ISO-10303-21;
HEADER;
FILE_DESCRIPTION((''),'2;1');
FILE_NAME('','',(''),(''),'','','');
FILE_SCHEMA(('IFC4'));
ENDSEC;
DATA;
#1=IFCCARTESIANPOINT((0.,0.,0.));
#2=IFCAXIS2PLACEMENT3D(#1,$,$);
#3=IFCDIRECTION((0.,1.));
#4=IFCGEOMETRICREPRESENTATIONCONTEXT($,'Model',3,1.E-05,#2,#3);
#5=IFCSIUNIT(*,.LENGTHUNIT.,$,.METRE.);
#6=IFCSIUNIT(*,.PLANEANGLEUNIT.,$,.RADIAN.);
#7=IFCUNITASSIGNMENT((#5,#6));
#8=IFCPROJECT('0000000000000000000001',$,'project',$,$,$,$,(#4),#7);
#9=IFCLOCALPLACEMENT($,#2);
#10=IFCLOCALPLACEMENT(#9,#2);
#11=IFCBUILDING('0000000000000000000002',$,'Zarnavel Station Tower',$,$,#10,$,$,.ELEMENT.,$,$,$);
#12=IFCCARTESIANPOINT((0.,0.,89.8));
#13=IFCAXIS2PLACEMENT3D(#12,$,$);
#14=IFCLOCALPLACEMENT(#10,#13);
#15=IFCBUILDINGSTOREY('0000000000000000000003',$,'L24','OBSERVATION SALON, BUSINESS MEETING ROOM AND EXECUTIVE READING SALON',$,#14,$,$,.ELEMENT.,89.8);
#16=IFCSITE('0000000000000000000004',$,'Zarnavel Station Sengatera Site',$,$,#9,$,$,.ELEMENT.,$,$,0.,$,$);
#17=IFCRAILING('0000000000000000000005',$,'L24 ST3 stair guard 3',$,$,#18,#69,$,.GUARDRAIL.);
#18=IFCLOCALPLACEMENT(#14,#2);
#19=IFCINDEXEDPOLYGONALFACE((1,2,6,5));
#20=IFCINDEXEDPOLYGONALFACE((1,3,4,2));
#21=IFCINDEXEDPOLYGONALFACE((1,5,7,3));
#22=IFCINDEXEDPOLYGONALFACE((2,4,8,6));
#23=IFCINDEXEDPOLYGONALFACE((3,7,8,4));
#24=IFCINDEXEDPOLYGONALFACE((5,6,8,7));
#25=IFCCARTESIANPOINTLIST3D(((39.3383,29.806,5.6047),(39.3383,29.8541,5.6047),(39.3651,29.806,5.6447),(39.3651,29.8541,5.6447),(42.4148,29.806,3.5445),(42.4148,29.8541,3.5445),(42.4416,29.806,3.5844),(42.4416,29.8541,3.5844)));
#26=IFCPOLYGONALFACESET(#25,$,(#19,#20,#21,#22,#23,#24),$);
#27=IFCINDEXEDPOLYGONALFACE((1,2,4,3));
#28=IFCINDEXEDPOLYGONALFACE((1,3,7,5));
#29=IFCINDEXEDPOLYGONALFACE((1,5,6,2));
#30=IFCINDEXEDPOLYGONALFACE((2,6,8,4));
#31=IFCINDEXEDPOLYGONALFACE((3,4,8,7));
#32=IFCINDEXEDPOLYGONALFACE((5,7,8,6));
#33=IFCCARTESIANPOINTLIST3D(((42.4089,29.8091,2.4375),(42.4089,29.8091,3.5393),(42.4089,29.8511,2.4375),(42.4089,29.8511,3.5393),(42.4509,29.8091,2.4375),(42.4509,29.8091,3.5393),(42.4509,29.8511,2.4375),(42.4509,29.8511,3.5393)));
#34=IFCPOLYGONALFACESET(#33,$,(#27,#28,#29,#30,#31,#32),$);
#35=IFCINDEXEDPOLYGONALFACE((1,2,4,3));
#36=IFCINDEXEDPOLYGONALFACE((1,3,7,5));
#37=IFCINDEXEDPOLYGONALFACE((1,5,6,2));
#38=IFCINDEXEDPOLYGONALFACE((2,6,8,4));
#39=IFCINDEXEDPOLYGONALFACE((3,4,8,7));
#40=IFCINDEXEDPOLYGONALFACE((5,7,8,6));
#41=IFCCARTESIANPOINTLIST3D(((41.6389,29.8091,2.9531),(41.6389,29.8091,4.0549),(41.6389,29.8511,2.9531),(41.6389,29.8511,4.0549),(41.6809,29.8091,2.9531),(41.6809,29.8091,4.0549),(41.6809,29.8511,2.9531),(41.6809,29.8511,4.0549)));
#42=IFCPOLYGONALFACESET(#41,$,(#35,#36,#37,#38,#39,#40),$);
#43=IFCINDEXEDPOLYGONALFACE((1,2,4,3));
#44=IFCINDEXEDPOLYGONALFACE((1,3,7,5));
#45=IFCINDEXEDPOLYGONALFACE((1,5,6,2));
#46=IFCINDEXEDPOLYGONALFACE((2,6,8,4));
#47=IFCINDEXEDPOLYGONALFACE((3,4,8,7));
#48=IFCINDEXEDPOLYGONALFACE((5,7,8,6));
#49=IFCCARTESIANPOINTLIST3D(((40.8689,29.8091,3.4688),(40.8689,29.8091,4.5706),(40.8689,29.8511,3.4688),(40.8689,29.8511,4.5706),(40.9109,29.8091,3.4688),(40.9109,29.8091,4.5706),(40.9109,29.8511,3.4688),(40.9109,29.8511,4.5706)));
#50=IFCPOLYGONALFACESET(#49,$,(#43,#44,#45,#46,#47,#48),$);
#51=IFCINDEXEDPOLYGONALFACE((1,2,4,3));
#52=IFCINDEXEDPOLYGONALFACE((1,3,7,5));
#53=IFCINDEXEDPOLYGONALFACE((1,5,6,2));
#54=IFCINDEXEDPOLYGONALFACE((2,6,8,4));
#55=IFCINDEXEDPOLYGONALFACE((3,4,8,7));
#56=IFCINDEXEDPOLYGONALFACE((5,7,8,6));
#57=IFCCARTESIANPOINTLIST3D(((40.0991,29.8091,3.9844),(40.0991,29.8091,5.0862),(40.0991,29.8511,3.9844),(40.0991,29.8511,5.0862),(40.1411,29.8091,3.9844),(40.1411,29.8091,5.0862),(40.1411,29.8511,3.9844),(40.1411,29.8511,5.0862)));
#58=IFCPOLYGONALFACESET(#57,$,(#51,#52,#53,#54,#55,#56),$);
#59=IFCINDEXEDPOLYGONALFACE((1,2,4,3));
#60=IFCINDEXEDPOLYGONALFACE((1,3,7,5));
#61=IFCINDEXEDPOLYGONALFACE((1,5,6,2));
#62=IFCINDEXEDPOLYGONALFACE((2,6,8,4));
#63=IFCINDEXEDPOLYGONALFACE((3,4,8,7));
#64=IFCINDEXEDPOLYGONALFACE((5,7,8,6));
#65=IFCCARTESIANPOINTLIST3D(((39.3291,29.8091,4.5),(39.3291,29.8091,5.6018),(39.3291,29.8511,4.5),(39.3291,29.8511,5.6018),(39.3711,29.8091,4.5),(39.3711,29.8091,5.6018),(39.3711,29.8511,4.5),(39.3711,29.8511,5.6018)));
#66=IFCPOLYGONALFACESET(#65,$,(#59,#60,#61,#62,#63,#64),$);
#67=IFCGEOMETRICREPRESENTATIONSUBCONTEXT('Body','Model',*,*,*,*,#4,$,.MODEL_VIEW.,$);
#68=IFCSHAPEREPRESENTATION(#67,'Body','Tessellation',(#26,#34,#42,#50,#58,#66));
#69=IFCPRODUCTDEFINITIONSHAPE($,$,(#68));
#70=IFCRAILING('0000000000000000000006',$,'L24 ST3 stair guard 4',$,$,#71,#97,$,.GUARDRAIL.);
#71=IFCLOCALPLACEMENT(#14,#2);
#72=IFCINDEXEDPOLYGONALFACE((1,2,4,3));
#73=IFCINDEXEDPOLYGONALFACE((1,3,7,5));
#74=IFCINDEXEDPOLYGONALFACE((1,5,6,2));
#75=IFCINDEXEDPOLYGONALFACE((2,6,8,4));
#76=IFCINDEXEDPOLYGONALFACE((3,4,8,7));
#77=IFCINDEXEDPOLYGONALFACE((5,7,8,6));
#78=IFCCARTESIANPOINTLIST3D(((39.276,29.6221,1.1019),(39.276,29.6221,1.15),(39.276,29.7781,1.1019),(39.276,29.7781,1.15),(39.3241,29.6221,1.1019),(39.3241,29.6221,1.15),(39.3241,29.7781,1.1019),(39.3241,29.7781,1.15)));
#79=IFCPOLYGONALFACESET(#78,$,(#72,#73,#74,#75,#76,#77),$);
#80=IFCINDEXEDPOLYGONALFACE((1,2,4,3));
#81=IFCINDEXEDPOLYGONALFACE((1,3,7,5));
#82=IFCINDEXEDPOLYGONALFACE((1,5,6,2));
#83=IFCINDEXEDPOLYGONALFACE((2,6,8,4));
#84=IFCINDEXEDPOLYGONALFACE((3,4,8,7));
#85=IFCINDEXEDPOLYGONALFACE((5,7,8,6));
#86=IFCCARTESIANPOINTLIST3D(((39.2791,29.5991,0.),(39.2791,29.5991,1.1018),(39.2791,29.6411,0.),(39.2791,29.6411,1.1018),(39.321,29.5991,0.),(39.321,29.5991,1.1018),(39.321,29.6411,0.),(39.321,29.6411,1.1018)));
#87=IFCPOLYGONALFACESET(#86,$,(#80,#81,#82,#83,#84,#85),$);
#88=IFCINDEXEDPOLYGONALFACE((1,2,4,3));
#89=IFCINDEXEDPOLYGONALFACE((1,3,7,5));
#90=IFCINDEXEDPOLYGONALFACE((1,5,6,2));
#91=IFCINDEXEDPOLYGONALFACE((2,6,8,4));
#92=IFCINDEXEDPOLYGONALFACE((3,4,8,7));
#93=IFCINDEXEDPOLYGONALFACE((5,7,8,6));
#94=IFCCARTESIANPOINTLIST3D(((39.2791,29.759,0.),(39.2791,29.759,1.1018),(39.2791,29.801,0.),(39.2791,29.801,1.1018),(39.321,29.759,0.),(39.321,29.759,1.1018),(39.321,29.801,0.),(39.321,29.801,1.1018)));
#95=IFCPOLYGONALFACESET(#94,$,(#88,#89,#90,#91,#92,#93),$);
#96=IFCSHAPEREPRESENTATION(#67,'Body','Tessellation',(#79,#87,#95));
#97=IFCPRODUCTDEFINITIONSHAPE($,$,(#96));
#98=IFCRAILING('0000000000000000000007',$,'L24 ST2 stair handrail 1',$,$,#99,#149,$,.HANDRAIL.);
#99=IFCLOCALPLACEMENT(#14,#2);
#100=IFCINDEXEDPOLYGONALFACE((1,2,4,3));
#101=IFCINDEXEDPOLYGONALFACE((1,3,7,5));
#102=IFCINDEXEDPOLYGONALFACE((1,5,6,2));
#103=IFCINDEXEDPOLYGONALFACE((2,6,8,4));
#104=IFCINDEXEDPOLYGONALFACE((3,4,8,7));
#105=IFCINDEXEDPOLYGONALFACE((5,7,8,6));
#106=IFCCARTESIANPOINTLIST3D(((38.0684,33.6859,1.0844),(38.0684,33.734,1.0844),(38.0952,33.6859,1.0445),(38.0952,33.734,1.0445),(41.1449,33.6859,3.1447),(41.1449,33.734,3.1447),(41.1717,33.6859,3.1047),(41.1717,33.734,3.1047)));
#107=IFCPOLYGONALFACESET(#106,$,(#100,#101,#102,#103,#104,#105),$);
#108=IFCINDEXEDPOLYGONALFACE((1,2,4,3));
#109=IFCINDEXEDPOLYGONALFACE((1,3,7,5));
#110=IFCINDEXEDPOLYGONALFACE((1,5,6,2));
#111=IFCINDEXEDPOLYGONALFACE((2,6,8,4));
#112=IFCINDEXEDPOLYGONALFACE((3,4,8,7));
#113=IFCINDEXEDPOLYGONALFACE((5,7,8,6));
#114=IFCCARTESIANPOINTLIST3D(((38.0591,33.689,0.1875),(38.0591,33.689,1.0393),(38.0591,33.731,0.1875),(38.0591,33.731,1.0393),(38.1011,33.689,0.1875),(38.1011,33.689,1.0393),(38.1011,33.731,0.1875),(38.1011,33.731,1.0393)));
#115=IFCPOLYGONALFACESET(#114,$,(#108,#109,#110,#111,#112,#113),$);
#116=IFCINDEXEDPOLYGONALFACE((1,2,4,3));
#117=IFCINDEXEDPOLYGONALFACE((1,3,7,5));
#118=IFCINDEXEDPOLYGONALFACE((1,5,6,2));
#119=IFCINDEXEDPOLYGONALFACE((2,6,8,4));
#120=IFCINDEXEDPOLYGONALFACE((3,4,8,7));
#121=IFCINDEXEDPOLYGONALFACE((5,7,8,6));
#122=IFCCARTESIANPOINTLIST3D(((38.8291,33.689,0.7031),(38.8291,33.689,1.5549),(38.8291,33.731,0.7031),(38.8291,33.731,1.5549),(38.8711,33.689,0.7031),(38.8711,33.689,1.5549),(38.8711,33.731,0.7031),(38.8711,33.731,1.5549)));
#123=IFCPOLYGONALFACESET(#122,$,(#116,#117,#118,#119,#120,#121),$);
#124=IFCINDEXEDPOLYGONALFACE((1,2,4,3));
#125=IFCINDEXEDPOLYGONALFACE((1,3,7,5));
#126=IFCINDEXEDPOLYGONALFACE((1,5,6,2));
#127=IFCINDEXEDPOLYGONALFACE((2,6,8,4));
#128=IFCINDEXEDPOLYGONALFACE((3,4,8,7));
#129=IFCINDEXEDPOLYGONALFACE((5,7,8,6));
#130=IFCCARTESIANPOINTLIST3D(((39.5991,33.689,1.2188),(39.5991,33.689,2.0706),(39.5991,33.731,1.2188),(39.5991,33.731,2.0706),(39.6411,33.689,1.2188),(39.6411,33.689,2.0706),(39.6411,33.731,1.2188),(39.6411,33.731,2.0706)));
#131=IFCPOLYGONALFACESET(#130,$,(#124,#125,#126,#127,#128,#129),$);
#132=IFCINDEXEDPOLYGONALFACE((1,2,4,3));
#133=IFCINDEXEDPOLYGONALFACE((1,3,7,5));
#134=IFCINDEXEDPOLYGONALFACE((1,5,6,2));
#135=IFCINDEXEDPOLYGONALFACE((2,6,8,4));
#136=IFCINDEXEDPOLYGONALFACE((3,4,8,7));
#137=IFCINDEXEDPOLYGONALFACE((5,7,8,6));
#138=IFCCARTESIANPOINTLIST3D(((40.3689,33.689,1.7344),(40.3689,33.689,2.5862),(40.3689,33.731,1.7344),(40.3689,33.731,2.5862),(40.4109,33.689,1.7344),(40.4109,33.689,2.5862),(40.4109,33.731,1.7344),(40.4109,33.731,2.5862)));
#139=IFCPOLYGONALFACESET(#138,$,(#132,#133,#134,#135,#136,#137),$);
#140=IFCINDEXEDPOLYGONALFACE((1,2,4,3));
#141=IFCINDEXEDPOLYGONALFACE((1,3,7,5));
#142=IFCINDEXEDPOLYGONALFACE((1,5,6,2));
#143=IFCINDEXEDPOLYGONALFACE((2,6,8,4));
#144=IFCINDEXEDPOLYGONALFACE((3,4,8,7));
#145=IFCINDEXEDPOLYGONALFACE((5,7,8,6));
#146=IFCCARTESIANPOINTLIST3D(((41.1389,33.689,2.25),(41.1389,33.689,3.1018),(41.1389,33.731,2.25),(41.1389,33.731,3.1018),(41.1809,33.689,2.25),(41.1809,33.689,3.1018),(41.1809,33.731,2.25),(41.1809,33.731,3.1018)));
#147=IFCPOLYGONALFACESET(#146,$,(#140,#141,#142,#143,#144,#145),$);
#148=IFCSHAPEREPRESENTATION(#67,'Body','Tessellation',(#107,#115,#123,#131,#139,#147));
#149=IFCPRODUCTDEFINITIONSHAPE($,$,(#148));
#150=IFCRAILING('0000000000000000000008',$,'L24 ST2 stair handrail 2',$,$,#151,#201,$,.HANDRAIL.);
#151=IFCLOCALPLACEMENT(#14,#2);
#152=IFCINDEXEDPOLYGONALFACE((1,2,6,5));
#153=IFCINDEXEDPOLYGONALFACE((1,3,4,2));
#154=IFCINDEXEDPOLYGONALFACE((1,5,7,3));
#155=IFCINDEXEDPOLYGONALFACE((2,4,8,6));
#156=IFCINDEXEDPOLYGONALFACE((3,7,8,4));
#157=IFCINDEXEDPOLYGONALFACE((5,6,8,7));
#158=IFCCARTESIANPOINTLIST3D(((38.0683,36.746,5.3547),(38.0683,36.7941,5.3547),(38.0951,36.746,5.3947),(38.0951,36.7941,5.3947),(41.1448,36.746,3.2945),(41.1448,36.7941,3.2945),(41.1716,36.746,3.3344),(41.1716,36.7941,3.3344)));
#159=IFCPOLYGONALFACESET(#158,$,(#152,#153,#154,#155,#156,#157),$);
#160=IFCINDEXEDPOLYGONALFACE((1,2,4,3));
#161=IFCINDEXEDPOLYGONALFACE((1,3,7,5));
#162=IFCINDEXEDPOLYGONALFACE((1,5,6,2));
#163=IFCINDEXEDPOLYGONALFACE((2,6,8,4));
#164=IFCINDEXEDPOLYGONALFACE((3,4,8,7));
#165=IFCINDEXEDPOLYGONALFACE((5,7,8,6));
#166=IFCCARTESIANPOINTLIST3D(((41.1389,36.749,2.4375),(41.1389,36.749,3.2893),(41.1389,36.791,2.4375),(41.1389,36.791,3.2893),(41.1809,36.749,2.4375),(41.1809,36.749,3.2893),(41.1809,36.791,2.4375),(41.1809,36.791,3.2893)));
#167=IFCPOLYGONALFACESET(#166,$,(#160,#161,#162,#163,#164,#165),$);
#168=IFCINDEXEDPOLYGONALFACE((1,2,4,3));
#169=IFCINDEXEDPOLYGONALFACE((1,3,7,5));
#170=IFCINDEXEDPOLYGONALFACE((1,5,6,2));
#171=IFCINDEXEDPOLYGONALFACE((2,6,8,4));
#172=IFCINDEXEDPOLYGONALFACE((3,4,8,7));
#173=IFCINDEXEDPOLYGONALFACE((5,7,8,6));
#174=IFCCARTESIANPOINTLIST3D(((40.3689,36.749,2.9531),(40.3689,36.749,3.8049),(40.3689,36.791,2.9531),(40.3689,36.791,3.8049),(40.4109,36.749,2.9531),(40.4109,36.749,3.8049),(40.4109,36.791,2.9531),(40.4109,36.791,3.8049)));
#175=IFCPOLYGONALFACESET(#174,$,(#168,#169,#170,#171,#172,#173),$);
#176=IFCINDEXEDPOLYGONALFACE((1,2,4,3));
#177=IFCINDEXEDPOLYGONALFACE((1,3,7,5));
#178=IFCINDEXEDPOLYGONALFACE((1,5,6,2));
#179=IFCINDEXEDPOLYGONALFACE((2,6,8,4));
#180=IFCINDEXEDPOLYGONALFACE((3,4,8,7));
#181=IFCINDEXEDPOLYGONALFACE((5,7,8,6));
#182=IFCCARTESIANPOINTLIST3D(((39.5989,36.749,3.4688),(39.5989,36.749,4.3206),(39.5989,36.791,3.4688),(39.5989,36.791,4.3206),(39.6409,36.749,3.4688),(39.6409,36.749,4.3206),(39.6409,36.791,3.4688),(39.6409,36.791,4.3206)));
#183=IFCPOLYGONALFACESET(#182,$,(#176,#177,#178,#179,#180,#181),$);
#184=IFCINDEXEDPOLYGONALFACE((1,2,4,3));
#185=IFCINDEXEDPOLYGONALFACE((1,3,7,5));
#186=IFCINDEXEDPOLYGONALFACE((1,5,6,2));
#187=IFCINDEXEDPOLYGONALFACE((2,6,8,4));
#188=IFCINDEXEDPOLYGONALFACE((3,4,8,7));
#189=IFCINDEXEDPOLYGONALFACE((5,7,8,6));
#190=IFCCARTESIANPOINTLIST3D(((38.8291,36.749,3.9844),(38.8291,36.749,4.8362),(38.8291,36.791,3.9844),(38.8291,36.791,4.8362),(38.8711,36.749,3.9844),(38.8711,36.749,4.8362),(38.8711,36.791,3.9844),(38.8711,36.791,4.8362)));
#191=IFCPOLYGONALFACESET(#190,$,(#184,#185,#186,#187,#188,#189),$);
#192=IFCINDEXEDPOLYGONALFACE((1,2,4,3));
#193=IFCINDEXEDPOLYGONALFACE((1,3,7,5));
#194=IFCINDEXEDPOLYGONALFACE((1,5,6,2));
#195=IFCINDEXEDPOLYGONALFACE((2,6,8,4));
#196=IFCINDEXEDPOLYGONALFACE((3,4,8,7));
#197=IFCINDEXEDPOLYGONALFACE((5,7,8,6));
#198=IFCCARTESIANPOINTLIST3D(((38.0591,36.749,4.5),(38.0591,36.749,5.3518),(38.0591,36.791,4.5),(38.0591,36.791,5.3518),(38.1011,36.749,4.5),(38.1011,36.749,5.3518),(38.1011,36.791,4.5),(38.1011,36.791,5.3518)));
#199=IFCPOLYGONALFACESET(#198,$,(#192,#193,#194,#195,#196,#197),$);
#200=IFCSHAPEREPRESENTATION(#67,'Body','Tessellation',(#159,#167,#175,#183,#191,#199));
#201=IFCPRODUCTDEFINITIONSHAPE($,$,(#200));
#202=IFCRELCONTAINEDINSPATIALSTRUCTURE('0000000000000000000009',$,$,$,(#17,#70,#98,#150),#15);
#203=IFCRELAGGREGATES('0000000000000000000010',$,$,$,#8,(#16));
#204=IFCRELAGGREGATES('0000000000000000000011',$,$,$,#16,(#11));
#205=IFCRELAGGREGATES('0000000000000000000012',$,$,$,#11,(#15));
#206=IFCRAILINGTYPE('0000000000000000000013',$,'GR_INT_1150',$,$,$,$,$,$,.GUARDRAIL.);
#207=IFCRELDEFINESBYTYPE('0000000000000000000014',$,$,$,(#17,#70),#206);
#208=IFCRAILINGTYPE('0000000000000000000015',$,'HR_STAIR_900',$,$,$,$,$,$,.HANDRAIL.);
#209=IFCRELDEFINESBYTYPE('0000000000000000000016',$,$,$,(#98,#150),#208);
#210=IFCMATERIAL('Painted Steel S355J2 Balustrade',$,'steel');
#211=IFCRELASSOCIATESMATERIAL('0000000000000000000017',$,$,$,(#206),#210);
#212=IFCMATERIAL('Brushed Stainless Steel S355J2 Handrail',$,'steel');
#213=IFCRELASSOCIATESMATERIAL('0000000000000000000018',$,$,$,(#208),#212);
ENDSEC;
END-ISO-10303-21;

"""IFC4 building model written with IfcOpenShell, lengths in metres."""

from ifc_helpers import new_model, si_unit, direction, frame, origin, origin_2d, place, context, subcontext, project, spatial, rectangle, extrude, material, type_object, element, save


model = new_model("IFC4")

# Units and contexts
model_context = context("Model", 3, precision=1e-05, world=origin(), true_north=direction((0.0, 1.0)))
body_context = subcontext(model_context, "Body", "Model", "MODEL_VIEW")
ifc_project = project(units=[si_unit("LENGTHUNIT", "METRE"), si_unit("PLANEANGLEUNIT", "RADIAN")], contexts=[model_context])

# Site, building, storey
site_placement = place(None, origin())
site = spatial("IfcSite", under=ifc_project, at=site_placement, Name="Zarnavel Station Sengatera Site", CompositionType="ELEMENT", RefElevation=0.0)
building_placement = place(site_placement, origin())
building = spatial("IfcBuilding", under=site, at=building_placement, Name="Zarnavel Station Tower", CompositionType="ELEMENT")
storey_placement = place(building_placement, frame((0.0, 0.0, 89.8)))
storey = spatial("IfcBuildingStorey", under=building, at=storey_placement, Name="L24", Description="OBSERVATION SALON, BUSINESS MEETING ROOM AND EXECUTIVE READING SALON", CompositionType="ELEMENT", Elevation=89.8)

# Railings
ifc_material_1 = material(Name="Painted Steel S355J2 Balustrade", Category="steel")
railing_type_1 = type_object("IfcRailingType", Name="GR_INT_1150", PredefinedType="GUARDRAIL", material=ifc_material_1)
railing_1_placement = place(storey_placement, frame((42.4299, 29.8301, 2.4375)))
element("IfcRailing", 1, at=railing_1_placement, inside=storey, type_object=railing_type_1, Name="L24 ST3 stair guard 3", PredefinedType="GUARDRAIL", context=body_context, shape_type="SweptSolid", body=[
    extrude(rectangle(XDim=0.0481, YDim=0.0481, at=origin_2d()), frame((-0.0017, 0.0, 1.127), z_axis=(-0.830893, 0.0, 0.556432), x_axis=(0.0, -1.0, 0.0)), (0.0, 0.0, 1.0), 3.7026),
    extrude(rectangle(XDim=0.042, YDim=0.042, at=origin_2d()), origin(), (0.0, 0.0, 1.0), 1.1018),
    extrude(rectangle(XDim=0.042, YDim=0.042, at=origin_2d()), frame((-0.77, 0.0, 0.5156)), (0.0, 0.0, 1.0), 1.1018),
    extrude(rectangle(XDim=0.042, YDim=0.042, at=origin_2d()), frame((-1.54, 0.0, 1.0312)), (0.0, 0.0, 1.0), 1.1018),
    extrude(rectangle(XDim=0.042, YDim=0.042, at=origin_2d()), frame((-2.3098, 0.0, 1.5469)), (0.0, 0.0, 1.0), 1.1018),
    extrude(rectangle(XDim=0.042, YDim=0.042, at=origin_2d()), frame((-3.0798, 0.0, 2.0625)), (0.0, 0.0, 1.0), 1.1018),
])
railing_2_placement = place(storey_placement, frame((39.3, 29.6201, 0.0)))
element("IfcRailing", 2, at=railing_2_placement, inside=storey, type_object=railing_type_1, Name="L24 ST3 stair guard 4", PredefinedType="GUARDRAIL", context=body_context, shape_type="SweptSolid", body=[
    extrude(rectangle(XDim=0.0481, YDim=0.0481, at=origin_2d()), frame((0.0, 0.002, 1.126), z_axis=(0.0, 1.0, 0.0), x_axis=(-1.0, 0.0, 0.0)), (0.0, 0.0, 1.0), 0.156),
    extrude(rectangle(XDim=0.042, YDim=0.042, at=origin_2d()), origin(), (0.0, 0.0, 1.0), 1.1018),
    extrude(rectangle(XDim=0.042, YDim=0.042, at=origin_2d()), frame((0.0, 0.1599, 0.0)), (0.0, 0.0, 1.0), 1.1018),
])
ifc_material_2 = material(Name="Brushed Stainless Steel S355J2 Handrail", Category="steel")
railing_type_2 = type_object("IfcRailingType", Name="HR_STAIR_900", PredefinedType="HANDRAIL", material=ifc_material_2)
railing_3_placement = place(storey_placement, frame((38.0801, 33.71, 0.1875)))
element("IfcRailing", 3, at=railing_3_placement, inside=storey, type_object=railing_type_2, Name="L24 ST2 stair handrail 1", PredefinedType="HANDRAIL", context=body_context, shape_type="SweptSolid", body=[
    extrude(rectangle(XDim=0.0481, YDim=0.0481, at=origin_2d()), frame((0.0017, 0.0, 0.877), z_axis=(0.830893, 0.0, 0.556432), x_axis=(0.0, 1.0, 0.0)), (0.0, 0.0, 1.0), 3.7026),
    extrude(rectangle(XDim=0.042, YDim=0.042, at=origin_2d()), origin(), (0.0, 0.0, 1.0), 0.8518),
    extrude(rectangle(XDim=0.042, YDim=0.042, at=origin_2d()), frame((0.77, 0.0, 0.5156)), (0.0, 0.0, 1.0), 0.8518),
    extrude(rectangle(XDim=0.042, YDim=0.042, at=origin_2d()), frame((1.54, 0.0, 1.0312)), (0.0, 0.0, 1.0), 0.8518),
    extrude(rectangle(XDim=0.042, YDim=0.042, at=origin_2d()), frame((2.3098, 0.0, 1.5469)), (0.0, 0.0, 1.0), 0.8518),
    extrude(rectangle(XDim=0.042, YDim=0.042, at=origin_2d()), frame((3.0798, 0.0, 2.0625)), (0.0, 0.0, 1.0), 0.8518),
])
railing_4_placement = place(storey_placement, frame((41.1599, 36.77, 2.4375)))
element("IfcRailing", 4, at=railing_4_placement, inside=storey, type_object=railing_type_2, Name="L24 ST2 stair handrail 2", PredefinedType="HANDRAIL", context=body_context, shape_type="SweptSolid", body=[
    extrude(rectangle(XDim=0.0481, YDim=0.0481, at=origin_2d()), frame((-0.0017, 0.0, 0.877), z_axis=(-0.830893, 0.0, 0.556432), x_axis=(0.0, -1.0, 0.0)), (0.0, 0.0, 1.0), 3.7026),
    extrude(rectangle(XDim=0.042, YDim=0.042, at=origin_2d()), origin(), (0.0, 0.0, 1.0), 0.8518),
    extrude(rectangle(XDim=0.042, YDim=0.042, at=origin_2d()), frame((-0.77, 0.0, 0.5156)), (0.0, 0.0, 1.0), 0.8518),
    extrude(rectangle(XDim=0.042, YDim=0.042, at=origin_2d()), frame((-1.54, 0.0, 1.0312)), (0.0, 0.0, 1.0), 0.8518),
    extrude(rectangle(XDim=0.042, YDim=0.042, at=origin_2d()), frame((-2.3098, 0.0, 1.5469)), (0.0, 0.0, 1.0), 0.8518),
    extrude(rectangle(XDim=0.042, YDim=0.042, at=origin_2d()), frame((-3.0798, 0.0, 2.0625)), (0.0, 0.0, 1.0), 0.8518),
])

save(model, "model.ifc")
